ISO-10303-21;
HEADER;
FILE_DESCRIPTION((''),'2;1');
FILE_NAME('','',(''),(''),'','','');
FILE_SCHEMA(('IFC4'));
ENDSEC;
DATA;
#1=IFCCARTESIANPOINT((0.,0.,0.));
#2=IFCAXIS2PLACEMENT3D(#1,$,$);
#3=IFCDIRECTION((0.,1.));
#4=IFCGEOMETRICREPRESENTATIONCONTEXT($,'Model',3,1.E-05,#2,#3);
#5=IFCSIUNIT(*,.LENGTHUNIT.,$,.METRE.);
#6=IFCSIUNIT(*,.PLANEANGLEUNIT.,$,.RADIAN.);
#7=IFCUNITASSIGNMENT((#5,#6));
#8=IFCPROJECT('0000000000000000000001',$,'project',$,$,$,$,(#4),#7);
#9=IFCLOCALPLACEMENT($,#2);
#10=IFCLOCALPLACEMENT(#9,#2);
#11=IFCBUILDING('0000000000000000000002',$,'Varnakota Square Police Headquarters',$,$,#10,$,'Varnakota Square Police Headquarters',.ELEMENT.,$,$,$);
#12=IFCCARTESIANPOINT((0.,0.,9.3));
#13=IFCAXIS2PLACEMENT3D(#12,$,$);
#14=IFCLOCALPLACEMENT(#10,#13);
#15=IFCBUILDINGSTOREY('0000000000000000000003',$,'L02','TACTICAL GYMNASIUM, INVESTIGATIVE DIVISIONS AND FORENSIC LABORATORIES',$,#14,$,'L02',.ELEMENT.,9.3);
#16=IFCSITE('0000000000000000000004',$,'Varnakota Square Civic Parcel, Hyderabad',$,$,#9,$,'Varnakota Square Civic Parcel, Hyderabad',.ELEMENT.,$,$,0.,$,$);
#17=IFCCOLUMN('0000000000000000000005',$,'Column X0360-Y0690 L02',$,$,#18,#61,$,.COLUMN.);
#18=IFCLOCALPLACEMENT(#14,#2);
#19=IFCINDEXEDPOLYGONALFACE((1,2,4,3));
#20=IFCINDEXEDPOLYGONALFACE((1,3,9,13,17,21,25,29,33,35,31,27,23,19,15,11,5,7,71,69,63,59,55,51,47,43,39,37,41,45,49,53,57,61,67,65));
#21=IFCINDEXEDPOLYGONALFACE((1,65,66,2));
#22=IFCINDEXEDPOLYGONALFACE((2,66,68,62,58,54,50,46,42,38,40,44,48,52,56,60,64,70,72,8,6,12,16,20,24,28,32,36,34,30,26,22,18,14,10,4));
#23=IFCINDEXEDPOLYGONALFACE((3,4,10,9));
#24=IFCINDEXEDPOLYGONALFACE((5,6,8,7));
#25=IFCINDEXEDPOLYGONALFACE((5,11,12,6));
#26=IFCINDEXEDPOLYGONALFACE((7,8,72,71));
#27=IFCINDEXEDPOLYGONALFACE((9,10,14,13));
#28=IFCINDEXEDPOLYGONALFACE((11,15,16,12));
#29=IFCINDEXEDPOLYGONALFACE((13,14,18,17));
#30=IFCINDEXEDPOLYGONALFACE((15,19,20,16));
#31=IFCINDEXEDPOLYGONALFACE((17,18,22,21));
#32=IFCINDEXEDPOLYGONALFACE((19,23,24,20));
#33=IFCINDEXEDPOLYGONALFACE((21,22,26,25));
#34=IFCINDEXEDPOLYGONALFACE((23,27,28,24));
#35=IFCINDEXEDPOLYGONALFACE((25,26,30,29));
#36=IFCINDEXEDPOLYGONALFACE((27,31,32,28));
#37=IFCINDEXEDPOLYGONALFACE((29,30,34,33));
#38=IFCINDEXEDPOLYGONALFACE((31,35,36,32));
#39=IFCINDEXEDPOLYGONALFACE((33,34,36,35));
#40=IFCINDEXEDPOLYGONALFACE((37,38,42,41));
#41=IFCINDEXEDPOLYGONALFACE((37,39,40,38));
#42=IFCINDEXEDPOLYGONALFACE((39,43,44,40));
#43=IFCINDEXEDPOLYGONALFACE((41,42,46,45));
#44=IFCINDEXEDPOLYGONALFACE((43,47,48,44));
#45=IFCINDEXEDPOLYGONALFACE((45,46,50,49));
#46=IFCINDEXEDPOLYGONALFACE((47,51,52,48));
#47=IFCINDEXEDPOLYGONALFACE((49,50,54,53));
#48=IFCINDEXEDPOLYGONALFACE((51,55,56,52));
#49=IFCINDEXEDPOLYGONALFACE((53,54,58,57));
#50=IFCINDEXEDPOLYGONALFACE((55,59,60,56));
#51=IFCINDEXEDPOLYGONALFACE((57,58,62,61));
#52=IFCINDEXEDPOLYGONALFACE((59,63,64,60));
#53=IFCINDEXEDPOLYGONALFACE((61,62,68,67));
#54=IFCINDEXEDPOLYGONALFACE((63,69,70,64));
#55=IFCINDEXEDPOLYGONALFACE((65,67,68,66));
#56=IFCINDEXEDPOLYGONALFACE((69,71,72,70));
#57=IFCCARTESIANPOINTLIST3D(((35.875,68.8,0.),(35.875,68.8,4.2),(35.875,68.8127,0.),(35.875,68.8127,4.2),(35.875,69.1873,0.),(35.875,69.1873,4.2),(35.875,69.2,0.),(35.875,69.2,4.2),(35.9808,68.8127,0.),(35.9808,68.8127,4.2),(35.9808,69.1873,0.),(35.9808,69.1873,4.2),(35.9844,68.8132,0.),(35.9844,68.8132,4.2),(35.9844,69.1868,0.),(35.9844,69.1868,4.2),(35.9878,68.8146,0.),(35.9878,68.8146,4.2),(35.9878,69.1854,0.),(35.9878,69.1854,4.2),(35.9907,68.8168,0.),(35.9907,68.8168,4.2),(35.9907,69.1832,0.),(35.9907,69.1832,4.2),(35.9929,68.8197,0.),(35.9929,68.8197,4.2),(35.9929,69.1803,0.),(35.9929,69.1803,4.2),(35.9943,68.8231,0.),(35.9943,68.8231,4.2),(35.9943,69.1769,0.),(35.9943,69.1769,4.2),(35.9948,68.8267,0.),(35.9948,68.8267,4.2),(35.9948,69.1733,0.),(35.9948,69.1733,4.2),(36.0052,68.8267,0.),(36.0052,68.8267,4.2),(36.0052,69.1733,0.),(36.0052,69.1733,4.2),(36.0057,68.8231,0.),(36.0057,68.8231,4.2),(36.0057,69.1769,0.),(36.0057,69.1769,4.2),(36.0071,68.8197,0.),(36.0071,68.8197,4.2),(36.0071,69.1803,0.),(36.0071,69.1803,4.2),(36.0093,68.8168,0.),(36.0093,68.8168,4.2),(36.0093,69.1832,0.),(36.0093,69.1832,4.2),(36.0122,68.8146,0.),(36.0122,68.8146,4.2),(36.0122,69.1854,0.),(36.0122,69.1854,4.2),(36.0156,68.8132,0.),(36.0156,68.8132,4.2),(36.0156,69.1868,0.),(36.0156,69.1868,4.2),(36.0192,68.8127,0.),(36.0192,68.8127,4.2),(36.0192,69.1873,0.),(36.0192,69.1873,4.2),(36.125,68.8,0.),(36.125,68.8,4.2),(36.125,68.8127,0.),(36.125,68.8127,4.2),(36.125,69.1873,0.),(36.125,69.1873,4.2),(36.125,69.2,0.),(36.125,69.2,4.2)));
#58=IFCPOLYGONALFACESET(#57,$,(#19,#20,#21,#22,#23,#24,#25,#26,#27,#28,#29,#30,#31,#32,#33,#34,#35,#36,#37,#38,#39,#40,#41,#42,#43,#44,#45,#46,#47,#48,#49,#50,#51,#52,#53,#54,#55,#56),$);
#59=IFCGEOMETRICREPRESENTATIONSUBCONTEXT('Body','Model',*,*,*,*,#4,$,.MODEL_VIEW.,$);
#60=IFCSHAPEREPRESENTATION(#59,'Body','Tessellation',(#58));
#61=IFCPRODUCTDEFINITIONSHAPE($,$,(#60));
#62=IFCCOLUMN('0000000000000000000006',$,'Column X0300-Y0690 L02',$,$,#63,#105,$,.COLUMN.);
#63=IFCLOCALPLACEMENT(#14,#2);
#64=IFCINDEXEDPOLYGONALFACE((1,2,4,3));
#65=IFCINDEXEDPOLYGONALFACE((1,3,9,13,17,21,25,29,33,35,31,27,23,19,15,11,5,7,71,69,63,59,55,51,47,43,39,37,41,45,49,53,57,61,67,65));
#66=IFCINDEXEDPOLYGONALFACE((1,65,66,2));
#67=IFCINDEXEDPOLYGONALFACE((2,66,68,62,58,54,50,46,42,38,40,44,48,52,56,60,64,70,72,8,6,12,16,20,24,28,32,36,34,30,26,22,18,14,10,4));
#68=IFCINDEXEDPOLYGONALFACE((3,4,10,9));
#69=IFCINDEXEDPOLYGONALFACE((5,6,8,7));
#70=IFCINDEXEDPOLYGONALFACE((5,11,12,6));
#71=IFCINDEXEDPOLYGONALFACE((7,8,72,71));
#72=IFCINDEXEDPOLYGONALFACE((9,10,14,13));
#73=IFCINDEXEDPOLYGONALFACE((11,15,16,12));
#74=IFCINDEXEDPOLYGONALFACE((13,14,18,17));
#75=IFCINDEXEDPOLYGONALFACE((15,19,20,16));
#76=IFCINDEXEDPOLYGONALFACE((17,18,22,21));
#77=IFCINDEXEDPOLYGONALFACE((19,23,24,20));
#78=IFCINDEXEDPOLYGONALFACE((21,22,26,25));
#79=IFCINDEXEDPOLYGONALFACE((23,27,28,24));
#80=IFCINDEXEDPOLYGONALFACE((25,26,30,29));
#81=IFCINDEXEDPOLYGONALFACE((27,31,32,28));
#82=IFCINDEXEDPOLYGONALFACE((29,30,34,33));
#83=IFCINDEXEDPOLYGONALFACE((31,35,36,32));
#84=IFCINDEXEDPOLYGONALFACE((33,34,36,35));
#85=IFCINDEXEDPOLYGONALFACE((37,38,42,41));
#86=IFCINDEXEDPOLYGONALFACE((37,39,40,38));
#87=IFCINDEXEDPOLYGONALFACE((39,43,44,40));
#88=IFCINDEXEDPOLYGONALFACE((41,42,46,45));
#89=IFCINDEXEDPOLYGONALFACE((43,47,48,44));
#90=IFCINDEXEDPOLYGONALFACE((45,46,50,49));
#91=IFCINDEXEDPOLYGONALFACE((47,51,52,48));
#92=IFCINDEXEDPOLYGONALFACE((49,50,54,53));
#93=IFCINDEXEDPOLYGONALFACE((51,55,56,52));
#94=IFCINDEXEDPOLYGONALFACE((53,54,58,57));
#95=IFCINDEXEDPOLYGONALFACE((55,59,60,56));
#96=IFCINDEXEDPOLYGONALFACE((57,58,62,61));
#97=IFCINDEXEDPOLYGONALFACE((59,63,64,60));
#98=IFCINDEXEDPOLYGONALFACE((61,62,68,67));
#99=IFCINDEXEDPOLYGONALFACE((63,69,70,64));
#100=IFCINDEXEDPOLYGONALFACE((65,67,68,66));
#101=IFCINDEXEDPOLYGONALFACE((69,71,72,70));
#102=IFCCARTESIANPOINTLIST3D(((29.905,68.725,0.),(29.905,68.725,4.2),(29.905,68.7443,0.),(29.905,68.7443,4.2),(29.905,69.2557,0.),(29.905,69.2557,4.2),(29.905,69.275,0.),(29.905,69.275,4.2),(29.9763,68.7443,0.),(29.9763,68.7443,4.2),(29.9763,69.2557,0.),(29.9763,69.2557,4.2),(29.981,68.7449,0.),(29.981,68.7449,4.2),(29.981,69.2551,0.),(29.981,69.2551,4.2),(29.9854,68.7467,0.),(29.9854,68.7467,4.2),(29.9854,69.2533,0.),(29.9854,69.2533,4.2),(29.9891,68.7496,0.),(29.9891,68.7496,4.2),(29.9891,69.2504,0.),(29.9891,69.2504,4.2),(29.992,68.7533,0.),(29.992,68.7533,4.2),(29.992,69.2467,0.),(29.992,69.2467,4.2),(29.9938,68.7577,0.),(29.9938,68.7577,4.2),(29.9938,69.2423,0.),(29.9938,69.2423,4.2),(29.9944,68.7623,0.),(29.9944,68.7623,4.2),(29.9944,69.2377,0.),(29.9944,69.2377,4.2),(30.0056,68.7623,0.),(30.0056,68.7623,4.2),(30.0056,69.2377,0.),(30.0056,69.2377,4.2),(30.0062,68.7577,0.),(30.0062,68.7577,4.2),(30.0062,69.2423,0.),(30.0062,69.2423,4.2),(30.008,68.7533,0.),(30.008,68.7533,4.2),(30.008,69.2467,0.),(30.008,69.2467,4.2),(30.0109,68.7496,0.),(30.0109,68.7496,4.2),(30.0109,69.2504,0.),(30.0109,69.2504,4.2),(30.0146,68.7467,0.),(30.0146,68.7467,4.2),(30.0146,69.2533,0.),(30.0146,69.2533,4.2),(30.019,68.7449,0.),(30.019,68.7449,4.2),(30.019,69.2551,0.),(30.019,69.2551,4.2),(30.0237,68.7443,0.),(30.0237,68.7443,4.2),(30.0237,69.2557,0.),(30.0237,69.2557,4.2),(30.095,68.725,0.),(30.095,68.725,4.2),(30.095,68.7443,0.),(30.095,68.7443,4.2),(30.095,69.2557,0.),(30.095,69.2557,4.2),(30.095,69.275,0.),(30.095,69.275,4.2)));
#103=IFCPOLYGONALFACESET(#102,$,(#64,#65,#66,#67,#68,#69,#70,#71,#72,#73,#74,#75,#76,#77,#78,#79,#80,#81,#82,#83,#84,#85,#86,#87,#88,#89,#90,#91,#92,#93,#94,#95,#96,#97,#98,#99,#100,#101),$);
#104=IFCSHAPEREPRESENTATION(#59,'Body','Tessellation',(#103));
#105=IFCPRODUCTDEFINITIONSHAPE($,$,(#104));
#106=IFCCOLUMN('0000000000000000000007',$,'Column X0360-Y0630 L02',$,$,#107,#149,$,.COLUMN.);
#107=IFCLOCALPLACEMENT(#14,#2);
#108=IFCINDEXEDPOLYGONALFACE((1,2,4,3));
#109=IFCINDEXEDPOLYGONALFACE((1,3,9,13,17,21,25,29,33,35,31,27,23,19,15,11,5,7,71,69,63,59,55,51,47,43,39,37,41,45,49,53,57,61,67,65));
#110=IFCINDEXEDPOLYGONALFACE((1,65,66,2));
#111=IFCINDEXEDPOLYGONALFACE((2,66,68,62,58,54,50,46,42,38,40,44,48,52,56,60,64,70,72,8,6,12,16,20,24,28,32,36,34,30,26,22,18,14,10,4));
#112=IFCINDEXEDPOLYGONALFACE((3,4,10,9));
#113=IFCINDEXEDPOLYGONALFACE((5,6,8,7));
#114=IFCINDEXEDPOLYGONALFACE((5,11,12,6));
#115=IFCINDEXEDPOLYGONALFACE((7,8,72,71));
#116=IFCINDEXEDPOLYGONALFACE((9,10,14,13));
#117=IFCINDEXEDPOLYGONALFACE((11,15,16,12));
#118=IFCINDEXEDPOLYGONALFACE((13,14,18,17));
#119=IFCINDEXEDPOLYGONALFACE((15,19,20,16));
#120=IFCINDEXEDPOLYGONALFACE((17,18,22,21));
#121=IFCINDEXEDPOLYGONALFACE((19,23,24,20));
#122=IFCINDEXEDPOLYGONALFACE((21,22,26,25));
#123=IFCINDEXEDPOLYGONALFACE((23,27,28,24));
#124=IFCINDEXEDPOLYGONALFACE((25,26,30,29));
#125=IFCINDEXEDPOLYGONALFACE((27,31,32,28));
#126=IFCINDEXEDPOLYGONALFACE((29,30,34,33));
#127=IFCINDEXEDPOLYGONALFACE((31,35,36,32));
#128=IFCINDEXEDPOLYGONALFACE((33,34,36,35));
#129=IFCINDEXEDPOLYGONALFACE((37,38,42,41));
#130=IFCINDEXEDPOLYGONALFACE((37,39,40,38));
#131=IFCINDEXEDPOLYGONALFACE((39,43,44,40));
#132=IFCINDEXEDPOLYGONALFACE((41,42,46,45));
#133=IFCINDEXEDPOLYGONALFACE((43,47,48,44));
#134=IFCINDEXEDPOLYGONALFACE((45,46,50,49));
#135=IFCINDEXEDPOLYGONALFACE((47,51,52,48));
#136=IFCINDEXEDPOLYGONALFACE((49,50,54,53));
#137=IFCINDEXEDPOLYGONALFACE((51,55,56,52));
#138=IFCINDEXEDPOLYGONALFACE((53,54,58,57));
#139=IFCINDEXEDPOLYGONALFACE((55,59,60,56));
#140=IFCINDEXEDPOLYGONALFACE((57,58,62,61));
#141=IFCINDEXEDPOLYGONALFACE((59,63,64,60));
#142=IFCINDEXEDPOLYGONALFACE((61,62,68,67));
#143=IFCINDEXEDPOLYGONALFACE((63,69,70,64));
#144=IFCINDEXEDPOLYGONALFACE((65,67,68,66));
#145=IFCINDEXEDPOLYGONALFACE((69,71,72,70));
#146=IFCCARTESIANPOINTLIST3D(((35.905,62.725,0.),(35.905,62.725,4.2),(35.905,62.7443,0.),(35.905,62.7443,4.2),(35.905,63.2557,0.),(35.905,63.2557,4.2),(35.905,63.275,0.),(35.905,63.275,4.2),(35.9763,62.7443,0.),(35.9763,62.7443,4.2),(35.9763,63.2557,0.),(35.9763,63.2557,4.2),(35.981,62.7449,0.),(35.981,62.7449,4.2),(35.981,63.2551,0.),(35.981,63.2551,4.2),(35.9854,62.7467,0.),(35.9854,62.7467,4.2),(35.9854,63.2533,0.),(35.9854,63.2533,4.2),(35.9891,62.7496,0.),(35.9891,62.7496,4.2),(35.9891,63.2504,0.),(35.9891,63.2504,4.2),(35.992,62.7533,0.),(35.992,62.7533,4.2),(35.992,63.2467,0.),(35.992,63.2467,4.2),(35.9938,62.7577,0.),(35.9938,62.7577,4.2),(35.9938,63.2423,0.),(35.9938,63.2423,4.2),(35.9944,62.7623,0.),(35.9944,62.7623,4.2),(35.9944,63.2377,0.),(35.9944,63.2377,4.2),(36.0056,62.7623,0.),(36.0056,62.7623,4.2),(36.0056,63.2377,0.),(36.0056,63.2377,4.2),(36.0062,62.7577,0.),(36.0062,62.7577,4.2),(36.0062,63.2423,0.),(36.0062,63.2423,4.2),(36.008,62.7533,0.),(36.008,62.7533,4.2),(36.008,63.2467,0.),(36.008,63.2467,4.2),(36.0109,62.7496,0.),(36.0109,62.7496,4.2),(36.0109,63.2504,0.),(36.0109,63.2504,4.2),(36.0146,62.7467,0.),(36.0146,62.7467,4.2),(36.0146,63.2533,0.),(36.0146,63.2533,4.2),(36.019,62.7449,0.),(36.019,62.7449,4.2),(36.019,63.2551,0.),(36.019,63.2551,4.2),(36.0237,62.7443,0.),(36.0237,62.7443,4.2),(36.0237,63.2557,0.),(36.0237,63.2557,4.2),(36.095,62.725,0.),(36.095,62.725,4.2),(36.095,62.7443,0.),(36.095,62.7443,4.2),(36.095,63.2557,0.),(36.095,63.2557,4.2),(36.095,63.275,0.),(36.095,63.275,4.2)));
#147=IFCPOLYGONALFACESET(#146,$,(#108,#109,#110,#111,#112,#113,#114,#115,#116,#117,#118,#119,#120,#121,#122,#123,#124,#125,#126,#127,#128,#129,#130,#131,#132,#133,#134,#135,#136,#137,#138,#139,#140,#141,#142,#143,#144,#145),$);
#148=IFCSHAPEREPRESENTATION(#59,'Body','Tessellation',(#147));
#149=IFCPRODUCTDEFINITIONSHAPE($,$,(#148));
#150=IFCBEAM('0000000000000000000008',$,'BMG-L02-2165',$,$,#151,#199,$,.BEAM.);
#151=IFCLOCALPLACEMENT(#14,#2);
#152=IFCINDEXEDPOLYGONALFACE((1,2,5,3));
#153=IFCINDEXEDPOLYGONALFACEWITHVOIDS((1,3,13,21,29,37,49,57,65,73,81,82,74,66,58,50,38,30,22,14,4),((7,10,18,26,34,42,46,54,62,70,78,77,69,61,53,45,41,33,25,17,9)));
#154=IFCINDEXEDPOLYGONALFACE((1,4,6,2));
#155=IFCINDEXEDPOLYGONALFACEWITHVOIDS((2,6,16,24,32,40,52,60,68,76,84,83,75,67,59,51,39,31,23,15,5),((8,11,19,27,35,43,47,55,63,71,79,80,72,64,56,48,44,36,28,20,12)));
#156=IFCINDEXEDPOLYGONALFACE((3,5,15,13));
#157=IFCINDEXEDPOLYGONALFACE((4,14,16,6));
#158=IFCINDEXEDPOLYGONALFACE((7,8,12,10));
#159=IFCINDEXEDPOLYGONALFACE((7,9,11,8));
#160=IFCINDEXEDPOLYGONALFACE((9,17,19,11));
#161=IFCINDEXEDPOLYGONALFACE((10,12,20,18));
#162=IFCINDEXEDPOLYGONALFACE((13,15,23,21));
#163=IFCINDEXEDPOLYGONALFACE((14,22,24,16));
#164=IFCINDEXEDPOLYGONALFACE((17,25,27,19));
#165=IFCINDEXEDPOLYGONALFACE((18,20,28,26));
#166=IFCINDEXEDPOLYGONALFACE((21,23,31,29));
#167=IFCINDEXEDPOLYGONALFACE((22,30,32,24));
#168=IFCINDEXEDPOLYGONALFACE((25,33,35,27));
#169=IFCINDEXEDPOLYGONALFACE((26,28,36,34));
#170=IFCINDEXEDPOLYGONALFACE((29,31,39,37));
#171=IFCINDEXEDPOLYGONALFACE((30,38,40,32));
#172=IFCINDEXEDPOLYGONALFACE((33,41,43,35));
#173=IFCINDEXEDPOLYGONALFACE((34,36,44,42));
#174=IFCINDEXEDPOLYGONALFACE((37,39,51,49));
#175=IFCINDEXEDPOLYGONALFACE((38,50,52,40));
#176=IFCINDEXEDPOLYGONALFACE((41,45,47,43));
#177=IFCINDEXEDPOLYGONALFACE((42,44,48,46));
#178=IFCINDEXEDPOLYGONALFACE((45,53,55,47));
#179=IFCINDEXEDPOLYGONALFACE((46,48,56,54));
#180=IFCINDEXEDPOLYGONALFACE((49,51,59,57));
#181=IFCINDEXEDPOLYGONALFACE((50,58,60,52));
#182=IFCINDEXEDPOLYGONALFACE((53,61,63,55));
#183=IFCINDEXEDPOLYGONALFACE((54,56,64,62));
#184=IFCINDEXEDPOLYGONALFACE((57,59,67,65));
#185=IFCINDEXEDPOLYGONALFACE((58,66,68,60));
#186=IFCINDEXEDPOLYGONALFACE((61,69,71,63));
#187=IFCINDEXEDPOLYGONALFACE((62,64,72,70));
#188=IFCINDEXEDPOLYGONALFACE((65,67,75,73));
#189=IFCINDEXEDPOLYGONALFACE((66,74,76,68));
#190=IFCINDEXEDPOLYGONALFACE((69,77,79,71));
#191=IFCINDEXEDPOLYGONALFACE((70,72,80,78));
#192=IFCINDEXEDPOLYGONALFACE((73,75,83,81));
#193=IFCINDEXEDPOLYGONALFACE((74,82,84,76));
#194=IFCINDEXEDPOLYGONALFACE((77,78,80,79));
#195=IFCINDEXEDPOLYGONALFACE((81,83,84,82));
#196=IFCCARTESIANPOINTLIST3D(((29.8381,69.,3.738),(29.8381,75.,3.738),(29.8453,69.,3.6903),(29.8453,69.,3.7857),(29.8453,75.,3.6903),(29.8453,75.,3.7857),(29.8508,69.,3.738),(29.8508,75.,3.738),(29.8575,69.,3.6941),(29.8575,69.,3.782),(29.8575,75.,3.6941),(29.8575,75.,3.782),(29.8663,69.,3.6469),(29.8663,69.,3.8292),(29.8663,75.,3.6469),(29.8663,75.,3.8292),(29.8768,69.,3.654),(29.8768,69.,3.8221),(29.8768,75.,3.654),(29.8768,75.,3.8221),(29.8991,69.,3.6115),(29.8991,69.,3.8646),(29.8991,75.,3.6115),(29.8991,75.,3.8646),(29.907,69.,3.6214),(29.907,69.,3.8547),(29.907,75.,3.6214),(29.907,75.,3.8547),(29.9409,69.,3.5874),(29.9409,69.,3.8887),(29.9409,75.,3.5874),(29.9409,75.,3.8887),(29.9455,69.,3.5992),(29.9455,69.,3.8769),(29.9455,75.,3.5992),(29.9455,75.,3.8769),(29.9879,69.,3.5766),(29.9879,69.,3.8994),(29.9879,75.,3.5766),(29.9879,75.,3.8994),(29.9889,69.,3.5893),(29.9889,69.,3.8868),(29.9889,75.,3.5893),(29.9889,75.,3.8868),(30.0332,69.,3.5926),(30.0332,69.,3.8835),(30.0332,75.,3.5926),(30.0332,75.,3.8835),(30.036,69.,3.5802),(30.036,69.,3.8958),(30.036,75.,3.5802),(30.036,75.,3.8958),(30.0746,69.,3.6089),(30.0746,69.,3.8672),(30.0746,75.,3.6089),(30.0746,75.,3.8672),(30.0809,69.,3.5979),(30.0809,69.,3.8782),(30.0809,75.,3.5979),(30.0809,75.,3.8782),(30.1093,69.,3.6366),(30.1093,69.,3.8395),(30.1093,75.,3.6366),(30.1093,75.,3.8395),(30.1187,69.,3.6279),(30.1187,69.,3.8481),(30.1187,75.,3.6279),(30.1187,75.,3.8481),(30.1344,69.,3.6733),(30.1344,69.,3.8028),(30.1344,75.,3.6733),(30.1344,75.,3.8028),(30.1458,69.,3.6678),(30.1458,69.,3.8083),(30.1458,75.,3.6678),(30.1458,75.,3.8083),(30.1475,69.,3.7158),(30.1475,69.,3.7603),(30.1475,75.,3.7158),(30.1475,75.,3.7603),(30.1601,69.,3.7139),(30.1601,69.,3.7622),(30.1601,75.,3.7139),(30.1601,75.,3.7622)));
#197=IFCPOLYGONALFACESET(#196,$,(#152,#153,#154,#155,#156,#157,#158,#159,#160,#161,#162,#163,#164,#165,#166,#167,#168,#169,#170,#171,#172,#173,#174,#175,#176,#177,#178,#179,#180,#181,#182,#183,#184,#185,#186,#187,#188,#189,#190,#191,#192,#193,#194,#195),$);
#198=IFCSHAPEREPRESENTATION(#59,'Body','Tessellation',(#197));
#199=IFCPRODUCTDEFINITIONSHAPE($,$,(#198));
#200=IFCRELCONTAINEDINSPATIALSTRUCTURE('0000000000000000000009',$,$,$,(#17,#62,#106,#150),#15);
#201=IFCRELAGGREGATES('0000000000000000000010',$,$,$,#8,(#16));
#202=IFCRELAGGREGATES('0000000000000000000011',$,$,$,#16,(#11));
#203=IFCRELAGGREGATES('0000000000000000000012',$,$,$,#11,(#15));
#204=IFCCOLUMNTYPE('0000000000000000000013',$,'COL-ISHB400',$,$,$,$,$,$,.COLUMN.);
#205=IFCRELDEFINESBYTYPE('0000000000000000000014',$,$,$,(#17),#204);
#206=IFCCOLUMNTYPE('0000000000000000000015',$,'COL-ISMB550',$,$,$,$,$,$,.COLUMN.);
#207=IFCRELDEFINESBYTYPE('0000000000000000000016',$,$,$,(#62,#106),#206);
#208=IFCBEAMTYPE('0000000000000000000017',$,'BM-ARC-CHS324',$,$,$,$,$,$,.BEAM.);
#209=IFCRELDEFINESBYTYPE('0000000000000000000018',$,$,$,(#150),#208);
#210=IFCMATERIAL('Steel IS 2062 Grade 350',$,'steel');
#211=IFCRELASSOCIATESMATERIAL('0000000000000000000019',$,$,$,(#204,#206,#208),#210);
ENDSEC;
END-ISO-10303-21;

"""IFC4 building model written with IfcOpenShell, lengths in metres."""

from ifc_helpers import new_model, si_unit, direction, frame, origin, origin_2d, place, context, subcontext, project, spatial, hollow_circle, i_section, extrude, material, material_profile, profile_set, type_object, element, save


model = new_model("IFC4")

# Units and contexts
model_context = context("Model", 3, precision=1e-05, world=origin(), true_north=direction((0.0, 1.0)))
body_context = subcontext(model_context, "Body", "Model", "MODEL_VIEW")
ifc_project = project(units=[si_unit("LENGTHUNIT", "METRE"), si_unit("PLANEANGLEUNIT", "RADIAN")], contexts=[model_context])

# Site, building, storey
site_placement = place(None, origin())
site = spatial("IfcSite", under=ifc_project, at=site_placement, Name="Varnakota Square Civic Parcel, Hyderabad", LongName="Varnakota Square Civic Parcel, Hyderabad", CompositionType="ELEMENT", RefElevation=0.0)
building_placement = place(site_placement, origin())
building = spatial("IfcBuilding", under=site, at=building_placement, Name="Varnakota Square Police Headquarters", LongName="Varnakota Square Police Headquarters", CompositionType="ELEMENT")
storey_placement = place(building_placement, frame((0.0, 0.0, 9.3)))
storey = spatial("IfcBuildingStorey", under=building, at=storey_placement, Name="L02", Description="TACTICAL GYMNASIUM, INVESTIGATIVE DIVISIONS AND FORENSIC LABORATORIES", LongName="L02", CompositionType="ELEMENT", Elevation=9.3)

# Columns
ifc_material_1 = material(Name="Steel IS 2062 Grade 350", Category="steel")
ifc_material_profile_1 = material_profile(ifc_material_1, i_section(OverallWidth=0.25, OverallDepth=0.3999, WebThickness=0.0105, FlangeThickness=0.0127, FilletRadius=0.0139, at=origin_2d()), Name="ISHB 400")
ifc_profile_set_1 = profile_set([ifc_material_profile_1], Name="Steel IS 2062 Grade 350")
column_type_1 = type_object("IfcColumnType", Name="COL-ISHB400", PredefinedType="COLUMN", material=ifc_profile_set_1)
column_placement = place(storey_placement, frame((36.0, 69.0, 0.0), z_axis=(0.0, 0.0, 1.0), x_axis=(1.0, 0.0, 0.0)))
element("IfcColumn", 1, at=column_placement, inside=storey, type_object=column_type_1, Name="Column X0360-Y0690 L02", PredefinedType="COLUMN", context=body_context, shape_type="SweptSolid", body=[
    extrude(i_section(OverallWidth=0.25, OverallDepth=0.3999, WebThickness=0.0105, FlangeThickness=0.0127, FilletRadius=0.0139, at=origin_2d()), origin(), (0.0, 0.0, 1.0), 4.2),
])
ifc_material_profile_2 = material_profile(ifc_material_1, i_section(OverallWidth=0.1899, OverallDepth=0.55, WebThickness=0.0112, FlangeThickness=0.0193, FilletRadius=0.0181, at=origin_2d()), Name="ISMB 550")
ifc_profile_set_2 = profile_set([ifc_material_profile_2], Name="Steel IS 2062 Grade 350")
column_type_2 = type_object("IfcColumnType", Name="COL-ISMB550", PredefinedType="COLUMN", material=ifc_profile_set_2)
for number, where, z_axis, x_axis, name in (
    (2, (30.0, 69.0, 0.0), (0.0, 0.0, 1.0), (1.0, 0.0, 0.0), "Column X0300-Y0690 L02"),
    (3, (36.0, 63.0, 0.0), (0.0, 0.0, 1.0), (1.0, 0.0, 0.0), "Column X0360-Y0630 L02"),
):
    element("IfcColumn", number, at=place(storey_placement, frame(where, z_axis=z_axis, x_axis=x_axis)), inside=storey, type_object=column_type_2, Name=name, PredefinedType="COLUMN", context=body_context, shape_type="SweptSolid", body=[
        extrude(i_section(OverallWidth=0.1899, OverallDepth=0.55, WebThickness=0.0112, FlangeThickness=0.0193, FilletRadius=0.0181, at=origin_2d()), origin(), (0.0, 0.0, 1.0), 4.2),
    ])

# Beam
ifc_material_profile_3 = material_profile(ifc_material_1, hollow_circle(Radius=0.1619, WallThickness=0.0127, at=origin_2d()), Name="CHS 323.9x12.7")
ifc_profile_set_3 = profile_set([ifc_material_profile_3], Name="Steel IS 2062 Grade 350")
beam_type_1 = type_object("IfcBeamType", Name="BM-ARC-CHS324", PredefinedType="BEAM", material=ifc_profile_set_3)
for number, where, z_axis, x_axis, name in (
    (4, (30.0, 69.0, 3.738), (0.0, 1.0, 0.0), (-1.0, 0.0, 0.0), "BMG-L02-2165"),
):
    element("IfcBeam", number, at=place(storey_placement, frame(where, z_axis=z_axis, x_axis=x_axis)), inside=storey, type_object=beam_type_1, Name=name, PredefinedType="BEAM", context=body_context, shape_type="SweptSolid", body=[
        extrude(hollow_circle(Radius=0.1619, WallThickness=0.0127, at=origin_2d()), origin(), (0.0, 0.0, 1.0), 6.0),
    ])

save(model, "model.ifc")
